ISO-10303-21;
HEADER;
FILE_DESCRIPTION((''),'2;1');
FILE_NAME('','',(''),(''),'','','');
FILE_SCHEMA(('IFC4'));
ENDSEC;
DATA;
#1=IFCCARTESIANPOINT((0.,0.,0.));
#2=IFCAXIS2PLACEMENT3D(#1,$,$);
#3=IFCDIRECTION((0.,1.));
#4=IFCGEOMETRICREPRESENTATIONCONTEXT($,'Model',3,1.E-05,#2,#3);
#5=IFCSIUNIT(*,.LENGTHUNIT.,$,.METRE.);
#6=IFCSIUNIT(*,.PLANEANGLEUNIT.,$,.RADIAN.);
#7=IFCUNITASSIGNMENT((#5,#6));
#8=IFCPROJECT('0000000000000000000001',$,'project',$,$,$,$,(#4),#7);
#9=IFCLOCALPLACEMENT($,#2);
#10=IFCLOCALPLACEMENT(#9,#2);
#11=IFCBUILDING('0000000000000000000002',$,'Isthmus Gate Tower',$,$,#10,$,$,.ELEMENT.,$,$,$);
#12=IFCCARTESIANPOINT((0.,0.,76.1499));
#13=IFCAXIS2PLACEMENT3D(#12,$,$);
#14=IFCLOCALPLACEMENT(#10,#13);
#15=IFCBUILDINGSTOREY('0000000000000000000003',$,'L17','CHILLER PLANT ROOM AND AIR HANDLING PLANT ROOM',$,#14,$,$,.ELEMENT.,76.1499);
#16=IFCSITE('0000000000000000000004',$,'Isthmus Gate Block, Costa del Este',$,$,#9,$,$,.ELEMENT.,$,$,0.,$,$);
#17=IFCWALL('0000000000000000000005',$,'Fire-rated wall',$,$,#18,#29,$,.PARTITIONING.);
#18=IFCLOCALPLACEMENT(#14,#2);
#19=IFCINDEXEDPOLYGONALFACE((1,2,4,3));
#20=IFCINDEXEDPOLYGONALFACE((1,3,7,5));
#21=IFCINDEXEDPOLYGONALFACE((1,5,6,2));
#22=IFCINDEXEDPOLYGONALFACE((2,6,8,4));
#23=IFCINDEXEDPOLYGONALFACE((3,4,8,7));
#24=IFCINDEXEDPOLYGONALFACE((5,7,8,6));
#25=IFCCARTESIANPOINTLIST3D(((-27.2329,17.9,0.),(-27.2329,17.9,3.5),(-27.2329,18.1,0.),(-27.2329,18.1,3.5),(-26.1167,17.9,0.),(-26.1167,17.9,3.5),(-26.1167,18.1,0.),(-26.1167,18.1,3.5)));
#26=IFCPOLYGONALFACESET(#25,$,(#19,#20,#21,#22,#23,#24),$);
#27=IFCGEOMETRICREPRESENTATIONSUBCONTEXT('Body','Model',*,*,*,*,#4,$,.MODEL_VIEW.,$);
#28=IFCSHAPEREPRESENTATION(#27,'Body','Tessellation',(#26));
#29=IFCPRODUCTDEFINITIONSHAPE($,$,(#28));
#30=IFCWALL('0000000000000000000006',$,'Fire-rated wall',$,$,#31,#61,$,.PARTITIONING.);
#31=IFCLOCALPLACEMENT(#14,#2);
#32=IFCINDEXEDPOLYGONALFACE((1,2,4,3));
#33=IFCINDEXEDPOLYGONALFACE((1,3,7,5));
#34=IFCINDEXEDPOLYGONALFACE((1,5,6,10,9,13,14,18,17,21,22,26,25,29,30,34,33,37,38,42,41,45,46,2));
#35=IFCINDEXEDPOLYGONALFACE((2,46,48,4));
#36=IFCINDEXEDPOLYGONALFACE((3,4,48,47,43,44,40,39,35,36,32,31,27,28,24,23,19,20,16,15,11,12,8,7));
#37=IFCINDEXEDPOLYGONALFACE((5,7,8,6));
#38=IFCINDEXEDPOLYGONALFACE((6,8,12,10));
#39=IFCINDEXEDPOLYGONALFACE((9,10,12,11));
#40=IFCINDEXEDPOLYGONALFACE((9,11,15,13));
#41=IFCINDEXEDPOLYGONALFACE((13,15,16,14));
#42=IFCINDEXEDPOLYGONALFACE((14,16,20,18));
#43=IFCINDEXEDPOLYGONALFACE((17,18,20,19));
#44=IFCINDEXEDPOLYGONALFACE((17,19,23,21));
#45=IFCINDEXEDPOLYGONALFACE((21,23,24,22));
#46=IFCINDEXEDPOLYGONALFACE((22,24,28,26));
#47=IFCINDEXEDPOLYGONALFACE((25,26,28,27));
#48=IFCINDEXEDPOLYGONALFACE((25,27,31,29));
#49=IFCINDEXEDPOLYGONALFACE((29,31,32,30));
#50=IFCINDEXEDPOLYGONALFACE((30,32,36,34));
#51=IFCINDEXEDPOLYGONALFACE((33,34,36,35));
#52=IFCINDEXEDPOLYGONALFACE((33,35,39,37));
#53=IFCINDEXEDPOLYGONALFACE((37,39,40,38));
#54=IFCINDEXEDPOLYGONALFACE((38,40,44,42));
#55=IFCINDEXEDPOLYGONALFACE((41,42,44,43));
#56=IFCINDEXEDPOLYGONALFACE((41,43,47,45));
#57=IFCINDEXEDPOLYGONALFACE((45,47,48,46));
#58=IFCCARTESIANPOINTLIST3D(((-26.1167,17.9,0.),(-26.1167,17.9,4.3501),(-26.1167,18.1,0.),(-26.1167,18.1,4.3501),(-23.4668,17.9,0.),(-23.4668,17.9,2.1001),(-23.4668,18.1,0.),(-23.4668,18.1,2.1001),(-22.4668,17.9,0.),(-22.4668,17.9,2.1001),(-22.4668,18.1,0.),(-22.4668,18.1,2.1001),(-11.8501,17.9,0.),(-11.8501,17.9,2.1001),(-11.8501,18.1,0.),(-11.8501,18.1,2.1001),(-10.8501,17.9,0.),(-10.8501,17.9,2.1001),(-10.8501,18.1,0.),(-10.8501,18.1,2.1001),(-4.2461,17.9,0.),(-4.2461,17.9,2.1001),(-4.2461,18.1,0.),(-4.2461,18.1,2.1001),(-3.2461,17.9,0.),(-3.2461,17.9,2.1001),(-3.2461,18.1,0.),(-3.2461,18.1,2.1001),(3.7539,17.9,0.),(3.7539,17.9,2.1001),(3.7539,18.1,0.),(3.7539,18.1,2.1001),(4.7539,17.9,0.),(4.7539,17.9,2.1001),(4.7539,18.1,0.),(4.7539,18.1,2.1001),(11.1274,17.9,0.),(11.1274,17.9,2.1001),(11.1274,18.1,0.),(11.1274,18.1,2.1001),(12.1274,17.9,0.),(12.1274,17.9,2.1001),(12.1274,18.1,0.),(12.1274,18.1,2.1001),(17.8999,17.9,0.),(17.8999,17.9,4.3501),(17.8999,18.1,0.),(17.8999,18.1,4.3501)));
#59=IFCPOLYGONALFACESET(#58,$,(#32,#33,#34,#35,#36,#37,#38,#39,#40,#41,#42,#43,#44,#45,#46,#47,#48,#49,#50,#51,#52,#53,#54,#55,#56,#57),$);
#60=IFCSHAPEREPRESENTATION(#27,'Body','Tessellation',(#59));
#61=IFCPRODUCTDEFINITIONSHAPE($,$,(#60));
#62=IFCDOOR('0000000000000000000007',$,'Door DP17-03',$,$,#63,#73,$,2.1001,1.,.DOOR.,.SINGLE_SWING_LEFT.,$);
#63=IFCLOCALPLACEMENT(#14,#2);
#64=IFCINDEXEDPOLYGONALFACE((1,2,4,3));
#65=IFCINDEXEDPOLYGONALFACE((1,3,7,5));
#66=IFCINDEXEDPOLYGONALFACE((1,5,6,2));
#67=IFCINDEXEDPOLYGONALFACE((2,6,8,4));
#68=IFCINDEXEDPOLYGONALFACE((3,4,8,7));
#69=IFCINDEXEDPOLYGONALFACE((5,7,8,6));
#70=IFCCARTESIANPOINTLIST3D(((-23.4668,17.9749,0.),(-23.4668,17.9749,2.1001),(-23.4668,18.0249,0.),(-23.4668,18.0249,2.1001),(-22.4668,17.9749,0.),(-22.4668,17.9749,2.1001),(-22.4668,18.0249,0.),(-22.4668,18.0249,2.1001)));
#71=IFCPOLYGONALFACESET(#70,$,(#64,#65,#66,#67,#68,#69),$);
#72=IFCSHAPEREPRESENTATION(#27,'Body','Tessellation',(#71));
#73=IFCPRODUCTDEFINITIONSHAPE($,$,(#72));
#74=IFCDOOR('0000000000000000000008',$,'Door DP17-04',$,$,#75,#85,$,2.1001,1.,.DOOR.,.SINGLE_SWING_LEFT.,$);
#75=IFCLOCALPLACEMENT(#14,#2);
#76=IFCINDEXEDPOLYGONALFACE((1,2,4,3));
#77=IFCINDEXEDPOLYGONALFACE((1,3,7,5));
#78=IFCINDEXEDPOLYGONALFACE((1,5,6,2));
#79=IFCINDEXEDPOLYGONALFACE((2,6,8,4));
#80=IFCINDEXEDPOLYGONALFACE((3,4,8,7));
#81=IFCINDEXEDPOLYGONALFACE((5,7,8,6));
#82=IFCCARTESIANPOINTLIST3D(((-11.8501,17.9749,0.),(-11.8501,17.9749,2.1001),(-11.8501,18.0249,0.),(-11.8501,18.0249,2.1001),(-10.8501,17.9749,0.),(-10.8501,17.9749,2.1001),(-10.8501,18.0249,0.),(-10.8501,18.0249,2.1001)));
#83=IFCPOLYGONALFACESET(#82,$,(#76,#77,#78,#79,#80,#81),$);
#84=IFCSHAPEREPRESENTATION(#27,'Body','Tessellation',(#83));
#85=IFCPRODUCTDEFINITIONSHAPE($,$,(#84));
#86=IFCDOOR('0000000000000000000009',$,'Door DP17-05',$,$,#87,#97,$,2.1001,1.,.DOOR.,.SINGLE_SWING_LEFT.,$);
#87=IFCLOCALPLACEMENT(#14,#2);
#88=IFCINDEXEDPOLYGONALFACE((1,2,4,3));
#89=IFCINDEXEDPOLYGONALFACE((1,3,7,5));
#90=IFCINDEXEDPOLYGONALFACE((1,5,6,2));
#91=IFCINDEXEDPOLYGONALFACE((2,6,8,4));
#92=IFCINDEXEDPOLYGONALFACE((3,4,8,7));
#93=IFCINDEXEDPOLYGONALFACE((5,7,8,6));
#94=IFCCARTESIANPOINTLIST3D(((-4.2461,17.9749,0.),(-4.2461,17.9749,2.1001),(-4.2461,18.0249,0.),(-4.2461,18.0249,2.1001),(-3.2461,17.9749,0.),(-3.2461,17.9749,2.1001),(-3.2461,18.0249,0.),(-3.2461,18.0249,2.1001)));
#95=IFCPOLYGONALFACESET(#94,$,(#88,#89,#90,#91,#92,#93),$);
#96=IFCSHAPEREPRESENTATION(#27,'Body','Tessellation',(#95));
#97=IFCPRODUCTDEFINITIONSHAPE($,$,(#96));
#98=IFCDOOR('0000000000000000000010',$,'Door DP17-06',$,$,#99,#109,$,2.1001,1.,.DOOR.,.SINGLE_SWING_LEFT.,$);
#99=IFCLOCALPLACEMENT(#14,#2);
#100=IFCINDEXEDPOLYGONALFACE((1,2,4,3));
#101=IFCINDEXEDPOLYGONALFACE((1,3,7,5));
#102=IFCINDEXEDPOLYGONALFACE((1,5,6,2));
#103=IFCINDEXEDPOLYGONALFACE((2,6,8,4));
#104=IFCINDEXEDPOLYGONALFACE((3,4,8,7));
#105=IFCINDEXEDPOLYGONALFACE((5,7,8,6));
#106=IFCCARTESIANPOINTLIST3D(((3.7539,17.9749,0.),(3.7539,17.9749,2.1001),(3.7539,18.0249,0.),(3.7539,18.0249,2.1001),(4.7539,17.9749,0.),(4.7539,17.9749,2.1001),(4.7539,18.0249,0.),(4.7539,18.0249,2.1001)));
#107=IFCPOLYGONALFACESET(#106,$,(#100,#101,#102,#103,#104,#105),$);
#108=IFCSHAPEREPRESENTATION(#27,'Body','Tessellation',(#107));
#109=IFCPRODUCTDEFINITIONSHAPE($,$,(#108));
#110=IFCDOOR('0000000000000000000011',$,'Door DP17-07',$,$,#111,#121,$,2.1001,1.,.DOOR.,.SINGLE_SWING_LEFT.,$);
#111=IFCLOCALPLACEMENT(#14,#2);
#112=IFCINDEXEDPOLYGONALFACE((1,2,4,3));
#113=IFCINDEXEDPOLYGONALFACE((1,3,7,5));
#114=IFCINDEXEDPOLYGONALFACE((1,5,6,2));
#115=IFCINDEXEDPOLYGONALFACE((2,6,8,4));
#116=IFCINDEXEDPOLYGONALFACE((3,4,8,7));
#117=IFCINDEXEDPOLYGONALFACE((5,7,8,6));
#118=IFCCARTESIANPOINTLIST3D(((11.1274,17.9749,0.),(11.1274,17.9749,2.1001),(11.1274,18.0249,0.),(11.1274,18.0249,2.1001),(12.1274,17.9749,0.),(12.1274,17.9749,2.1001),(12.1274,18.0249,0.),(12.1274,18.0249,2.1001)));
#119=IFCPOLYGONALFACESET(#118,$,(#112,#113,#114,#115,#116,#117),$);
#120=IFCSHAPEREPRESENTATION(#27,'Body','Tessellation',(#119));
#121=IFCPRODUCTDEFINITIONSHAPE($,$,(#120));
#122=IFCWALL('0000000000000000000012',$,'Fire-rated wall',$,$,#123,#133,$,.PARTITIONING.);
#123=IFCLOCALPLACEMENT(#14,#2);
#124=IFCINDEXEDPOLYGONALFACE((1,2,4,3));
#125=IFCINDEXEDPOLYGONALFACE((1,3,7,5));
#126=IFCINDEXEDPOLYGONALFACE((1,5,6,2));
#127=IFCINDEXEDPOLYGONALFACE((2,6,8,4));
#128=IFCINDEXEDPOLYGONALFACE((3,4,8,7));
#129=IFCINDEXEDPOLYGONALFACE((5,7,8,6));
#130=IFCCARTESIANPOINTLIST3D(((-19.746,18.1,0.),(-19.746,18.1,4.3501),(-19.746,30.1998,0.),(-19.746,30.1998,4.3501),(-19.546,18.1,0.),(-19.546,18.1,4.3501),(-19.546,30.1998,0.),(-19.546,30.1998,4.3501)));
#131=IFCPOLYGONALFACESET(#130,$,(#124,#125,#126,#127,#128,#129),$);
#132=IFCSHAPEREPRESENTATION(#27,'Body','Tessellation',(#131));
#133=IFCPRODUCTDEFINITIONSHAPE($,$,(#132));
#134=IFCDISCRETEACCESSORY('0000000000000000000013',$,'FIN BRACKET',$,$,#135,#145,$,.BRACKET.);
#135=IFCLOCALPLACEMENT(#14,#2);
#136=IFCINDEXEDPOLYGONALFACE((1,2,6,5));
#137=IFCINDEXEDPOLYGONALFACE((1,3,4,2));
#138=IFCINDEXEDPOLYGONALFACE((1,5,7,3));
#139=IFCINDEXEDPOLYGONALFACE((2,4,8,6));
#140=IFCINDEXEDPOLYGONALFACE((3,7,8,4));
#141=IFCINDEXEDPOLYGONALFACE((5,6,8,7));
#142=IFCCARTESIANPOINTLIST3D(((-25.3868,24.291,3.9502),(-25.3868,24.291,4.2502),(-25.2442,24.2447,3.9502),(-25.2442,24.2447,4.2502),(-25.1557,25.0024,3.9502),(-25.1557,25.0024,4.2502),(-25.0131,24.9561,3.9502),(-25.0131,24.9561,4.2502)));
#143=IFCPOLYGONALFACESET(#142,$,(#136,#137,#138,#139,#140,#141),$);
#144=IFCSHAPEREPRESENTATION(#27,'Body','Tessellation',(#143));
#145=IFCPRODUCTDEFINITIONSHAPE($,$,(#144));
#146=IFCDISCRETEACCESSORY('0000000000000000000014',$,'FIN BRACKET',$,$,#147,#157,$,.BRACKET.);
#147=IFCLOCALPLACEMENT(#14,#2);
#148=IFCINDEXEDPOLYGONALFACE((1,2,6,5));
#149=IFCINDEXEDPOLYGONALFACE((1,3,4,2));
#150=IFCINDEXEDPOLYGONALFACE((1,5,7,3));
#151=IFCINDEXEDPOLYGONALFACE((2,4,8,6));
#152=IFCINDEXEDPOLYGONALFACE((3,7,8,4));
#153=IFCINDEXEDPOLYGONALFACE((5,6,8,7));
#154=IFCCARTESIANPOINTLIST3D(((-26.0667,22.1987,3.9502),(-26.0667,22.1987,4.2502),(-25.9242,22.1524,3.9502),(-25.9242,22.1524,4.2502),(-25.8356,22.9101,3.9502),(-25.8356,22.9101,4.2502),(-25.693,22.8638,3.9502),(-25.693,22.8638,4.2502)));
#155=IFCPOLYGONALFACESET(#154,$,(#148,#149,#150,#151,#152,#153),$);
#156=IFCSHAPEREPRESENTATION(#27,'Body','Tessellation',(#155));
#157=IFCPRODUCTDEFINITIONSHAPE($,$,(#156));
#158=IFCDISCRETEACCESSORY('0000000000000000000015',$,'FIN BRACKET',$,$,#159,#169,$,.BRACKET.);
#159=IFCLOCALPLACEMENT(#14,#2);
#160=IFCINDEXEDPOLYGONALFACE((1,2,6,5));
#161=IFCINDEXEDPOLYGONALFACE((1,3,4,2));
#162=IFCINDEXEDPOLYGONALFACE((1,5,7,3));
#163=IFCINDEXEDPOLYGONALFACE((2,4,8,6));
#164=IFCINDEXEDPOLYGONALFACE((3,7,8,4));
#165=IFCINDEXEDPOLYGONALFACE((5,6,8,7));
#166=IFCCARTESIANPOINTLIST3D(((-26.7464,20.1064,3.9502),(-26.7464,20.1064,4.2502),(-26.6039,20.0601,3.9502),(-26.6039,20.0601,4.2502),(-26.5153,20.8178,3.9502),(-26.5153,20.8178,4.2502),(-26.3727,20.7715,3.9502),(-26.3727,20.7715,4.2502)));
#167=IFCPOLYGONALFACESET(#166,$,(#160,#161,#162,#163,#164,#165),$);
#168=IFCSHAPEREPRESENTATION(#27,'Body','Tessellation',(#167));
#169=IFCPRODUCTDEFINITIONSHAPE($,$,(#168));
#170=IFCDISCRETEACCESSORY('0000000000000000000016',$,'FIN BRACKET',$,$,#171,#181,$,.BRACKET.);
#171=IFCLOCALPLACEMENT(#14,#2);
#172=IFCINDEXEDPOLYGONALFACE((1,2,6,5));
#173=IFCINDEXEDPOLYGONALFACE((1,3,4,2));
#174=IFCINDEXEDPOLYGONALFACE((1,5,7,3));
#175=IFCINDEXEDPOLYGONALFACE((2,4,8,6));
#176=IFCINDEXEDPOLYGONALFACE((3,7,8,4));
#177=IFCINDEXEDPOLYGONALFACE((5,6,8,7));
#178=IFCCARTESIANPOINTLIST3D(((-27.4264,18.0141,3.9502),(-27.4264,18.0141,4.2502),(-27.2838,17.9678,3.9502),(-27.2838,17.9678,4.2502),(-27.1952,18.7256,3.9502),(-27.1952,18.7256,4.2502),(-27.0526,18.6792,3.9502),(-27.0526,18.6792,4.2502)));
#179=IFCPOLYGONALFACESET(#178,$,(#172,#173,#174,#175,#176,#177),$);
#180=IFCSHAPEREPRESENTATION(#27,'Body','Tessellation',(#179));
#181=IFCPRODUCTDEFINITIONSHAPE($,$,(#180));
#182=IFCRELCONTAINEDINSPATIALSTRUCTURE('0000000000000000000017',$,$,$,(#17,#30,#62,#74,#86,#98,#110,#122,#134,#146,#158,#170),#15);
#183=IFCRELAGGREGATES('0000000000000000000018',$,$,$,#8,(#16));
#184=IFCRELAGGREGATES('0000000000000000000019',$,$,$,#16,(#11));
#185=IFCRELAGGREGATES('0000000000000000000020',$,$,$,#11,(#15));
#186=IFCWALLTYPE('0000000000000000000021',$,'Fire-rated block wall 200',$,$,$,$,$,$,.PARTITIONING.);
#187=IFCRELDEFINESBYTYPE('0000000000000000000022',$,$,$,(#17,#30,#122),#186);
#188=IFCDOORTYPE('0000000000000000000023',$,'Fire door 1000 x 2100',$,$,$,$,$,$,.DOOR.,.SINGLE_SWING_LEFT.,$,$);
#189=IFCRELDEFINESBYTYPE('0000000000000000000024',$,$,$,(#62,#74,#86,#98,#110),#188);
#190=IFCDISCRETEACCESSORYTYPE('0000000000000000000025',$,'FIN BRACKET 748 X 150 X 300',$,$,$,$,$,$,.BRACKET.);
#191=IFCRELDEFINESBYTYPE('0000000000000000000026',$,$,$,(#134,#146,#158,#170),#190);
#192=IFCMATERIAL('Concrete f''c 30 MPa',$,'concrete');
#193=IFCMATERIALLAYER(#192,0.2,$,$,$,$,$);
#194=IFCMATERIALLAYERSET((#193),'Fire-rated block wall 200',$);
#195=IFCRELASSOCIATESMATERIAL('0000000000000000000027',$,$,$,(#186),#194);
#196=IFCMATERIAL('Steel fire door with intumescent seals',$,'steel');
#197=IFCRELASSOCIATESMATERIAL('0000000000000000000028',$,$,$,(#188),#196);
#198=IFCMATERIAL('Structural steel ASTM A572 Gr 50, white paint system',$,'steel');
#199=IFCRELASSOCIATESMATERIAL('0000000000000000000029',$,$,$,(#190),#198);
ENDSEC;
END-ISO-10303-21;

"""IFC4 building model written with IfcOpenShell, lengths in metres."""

from ifc_helpers import new_model, si_unit, direction, frame, frame_2d, origin, origin_2d, place, context, subcontext, project, spatial, rectangle, extrude, material, layer, layer_set, type_object, element, fill, save


model = new_model("IFC4")

# Units and contexts
model_context = context("Model", 3, precision=1e-05, world=origin(), true_north=direction((0.0, 1.0)))
body_context = subcontext(model_context, "Body", "Model", "MODEL_VIEW")
ifc_project = project(units=[si_unit("LENGTHUNIT", "METRE"), si_unit("PLANEANGLEUNIT", "RADIAN")], contexts=[model_context])

# Site, building, storey
site_placement = place(None, origin())
site = spatial("IfcSite", under=ifc_project, at=site_placement, Name="Isthmus Gate Block, Costa del Este", CompositionType="ELEMENT", RefElevation=0.0)
building_placement = place(site_placement, origin())
building = spatial("IfcBuilding", under=site, at=building_placement, Name="Isthmus Gate Tower", CompositionType="ELEMENT")
storey_placement = place(building_placement, frame((0.0, 0.0, 76.1499)))
storey = spatial("IfcBuildingStorey", under=building, at=storey_placement, Name="L17", Description="CHILLER PLANT ROOM AND AIR HANDLING PLANT ROOM", CompositionType="ELEMENT", Elevation=76.1499)

# Wall
ifc_material_1 = material(Name="Concrete f'c 30 MPa", Category="concrete")
ifc_layer_1 = layer(ifc_material_1, 0.2)
ifc_layer_set_1 = layer_set([ifc_layer_1], Name="Fire-rated block wall 200")
wall_type = type_object("IfcWallType", Name="Fire-rated block wall 200", PredefinedType="PARTITIONING", material=ifc_layer_set_1)
wall_1_placement = place(storey_placement, frame((-27.2329, 18.0, 0.0), z_axis=(0.0, 0.0, 1.0), x_axis=(1.0, 0.0, 0.0)))
element("IfcWall", 1, at=wall_1_placement, inside=storey, type_object=wall_type, Name="Fire-rated wall", PredefinedType="PARTITIONING", context=body_context, shape_type="SweptSolid", body=[
    extrude(rectangle(XDim=1.1162, YDim=0.2, at=frame_2d((0.5581, 0.0))), origin(), (0.0, 0.0, 1.0), 3.5),
])

# Wall, openings, doors
wall_2_placement = place(storey_placement, frame((-26.1167, 18.0, 0.0), z_axis=(0.0, 0.0, 1.0), x_axis=(1.0, 0.0, 0.0)))
wall_2 = element("IfcWall", 2, at=wall_2_placement, inside=storey, type_object=wall_type, Name="Fire-rated wall", PredefinedType="PARTITIONING", context=body_context, shape_type="SweptSolid", body=[
    extrude(rectangle(XDim=44.0166, YDim=0.2, at=frame_2d((22.0083, 0.0))), origin(), (0.0, 0.0, 1.0), 4.3501),
])
opening_1_placement = place(wall_2_placement, frame((2.6499, 0.0, 0.0)))
opening_1 = element("IfcOpeningElement", 3, at=opening_1_placement, cuts=wall_2, PredefinedType="OPENING", context=body_context, shape_type="SweptSolid", body=[
    extrude(rectangle(XDim=1.0, YDim=2.1001, at=frame_2d((0.5, 1.05))), frame((0.0, 0.1099, 0.0), z_axis=(0.0, -1.0, 0.0), x_axis=(1.0, 0.0, 0.0)), (0.0, 0.0, 1.0), 0.22),
])
opening_2_placement = place(wall_2_placement, frame((14.2666, 0.0, 0.0)))
opening_2 = element("IfcOpeningElement", 4, at=opening_2_placement, cuts=wall_2, PredefinedType="OPENING", context=body_context, shape_type="SweptSolid", body=[
    extrude(rectangle(XDim=1.0, YDim=2.1001, at=frame_2d((0.5, 1.05))), frame((0.0, 0.1099, 0.0), z_axis=(0.0, -1.0, 0.0), x_axis=(1.0, 0.0, 0.0)), (0.0, 0.0, 1.0), 0.22),
])
opening_3_placement = place(wall_2_placement, frame((21.8706, 0.0, 0.0)))
opening_3 = element("IfcOpeningElement", 5, at=opening_3_placement, cuts=wall_2, PredefinedType="OPENING", context=body_context, shape_type="SweptSolid", body=[
    extrude(rectangle(XDim=1.0, YDim=2.1001, at=frame_2d((0.5, 1.05))), frame((0.0, 0.1099, 0.0), z_axis=(0.0, -1.0, 0.0), x_axis=(1.0, 0.0, 0.0)), (0.0, 0.0, 1.0), 0.22),
])
opening_4_placement = place(wall_2_placement, frame((29.8706, 0.0, 0.0)))
opening_4 = element("IfcOpeningElement", 6, at=opening_4_placement, cuts=wall_2, PredefinedType="OPENING", context=body_context, shape_type="SweptSolid", body=[
    extrude(rectangle(XDim=1.0, YDim=2.1001, at=frame_2d((0.5, 1.05))), frame((0.0, 0.1099, 0.0), z_axis=(0.0, -1.0, 0.0), x_axis=(1.0, 0.0, 0.0)), (0.0, 0.0, 1.0), 0.22),
])
opening_5_placement = place(wall_2_placement, frame((37.2441, 0.0, 0.0)))
opening_5 = element("IfcOpeningElement", 7, at=opening_5_placement, cuts=wall_2, PredefinedType="OPENING", context=body_context, shape_type="SweptSolid", body=[
    extrude(rectangle(XDim=1.0, YDim=2.1001, at=frame_2d((0.5, 1.05))), frame((0.0, 0.1099, 0.0), z_axis=(0.0, -1.0, 0.0), x_axis=(1.0, 0.0, 0.0)), (0.0, 0.0, 1.0), 0.22),
])
ifc_material_2 = material(Name="Steel fire door with intumescent seals", Category="steel")
door_type = type_object("IfcDoorType", Name="Fire door 1000 x 2100", OperationType="SINGLE_SWING_LEFT", PredefinedType="DOOR", material=ifc_material_2)
door_1_placement = place(opening_1_placement, origin())
door_1 = element("IfcDoor", 8, at=door_1_placement, inside=storey, type_object=door_type, Name="Door DP17-03", OperationType="SINGLE_SWING_LEFT", OverallHeight=2.1001, OverallWidth=1.0, PredefinedType="DOOR", context=body_context, shape_type="SweptSolid", body=[
    extrude(rectangle(XDim=1.0, YDim=2.1001, at=frame_2d((0.5, 1.05))), frame((0.0, 0.0249, 0.0), z_axis=(0.0, -1.0, 0.0), x_axis=(1.0, 0.0, 0.0)), (0.0, 0.0, 1.0), 0.05),
])
fill(opening_1, door_1)
door_2_placement = place(opening_2_placement, origin())
door_2 = element("IfcDoor", 9, at=door_2_placement, inside=storey, type_object=door_type, Name="Door DP17-04", OperationType="SINGLE_SWING_LEFT", OverallHeight=2.1001, OverallWidth=1.0, PredefinedType="DOOR", context=body_context, shape_type="SweptSolid", body=[
    extrude(rectangle(XDim=1.0, YDim=2.1001, at=frame_2d((0.5, 1.05))), frame((0.0, 0.0249, 0.0), z_axis=(0.0, -1.0, 0.0), x_axis=(1.0, 0.0, 0.0)), (0.0, 0.0, 1.0), 0.05),
])
fill(opening_2, door_2)
door_3_placement = place(opening_3_placement, origin())
door_3 = element("IfcDoor", 10, at=door_3_placement, inside=storey, type_object=door_type, Name="Door DP17-05", OperationType="SINGLE_SWING_LEFT", OverallHeight=2.1001, OverallWidth=1.0, PredefinedType="DOOR", context=body_context, shape_type="SweptSolid", body=[
    extrude(rectangle(XDim=1.0, YDim=2.1001, at=frame_2d((0.5, 1.05))), frame((0.0, 0.0249, 0.0), z_axis=(0.0, -1.0, 0.0), x_axis=(1.0, 0.0, 0.0)), (0.0, 0.0, 1.0), 0.05),
])
fill(opening_3, door_3)
door_4_placement = place(opening_4_placement, origin())
door_4 = element("IfcDoor", 11, at=door_4_placement, inside=storey, type_object=door_type, Name="Door DP17-06", OperationType="SINGLE_SWING_LEFT", OverallHeight=2.1001, OverallWidth=1.0, PredefinedType="DOOR", context=body_context, shape_type="SweptSolid", body=[
    extrude(rectangle(XDim=1.0, YDim=2.1001, at=frame_2d((0.5, 1.05))), frame((0.0, 0.0249, 0.0), z_axis=(0.0, -1.0, 0.0), x_axis=(1.0, 0.0, 0.0)), (0.0, 0.0, 1.0), 0.05),
])
fill(opening_4, door_4)
door_5_placement = place(opening_5_placement, origin())
door_5 = element("IfcDoor", 12, at=door_5_placement, inside=storey, type_object=door_type, Name="Door DP17-07", OperationType="SINGLE_SWING_LEFT", OverallHeight=2.1001, OverallWidth=1.0, PredefinedType="DOOR", context=body_context, shape_type="SweptSolid", body=[
    extrude(rectangle(XDim=1.0, YDim=2.1001, at=frame_2d((0.5, 1.05))), frame((0.0, 0.0249, 0.0), z_axis=(0.0, -1.0, 0.0), x_axis=(1.0, 0.0, 0.0)), (0.0, 0.0, 1.0), 0.05),
])
fill(opening_5, door_5)

# Wall
wall_3_placement = place(storey_placement, frame((-19.646, 18.1001, 0.0), z_axis=(0.0, 0.0, 1.0), x_axis=(0.0, 1.0, 0.0)))
element("IfcWall", 13, at=wall_3_placement, inside=storey, type_object=wall_type, Name="Fire-rated wall", PredefinedType="PARTITIONING", context=body_context, shape_type="SweptSolid", body=[
    extrude(rectangle(XDim=12.0999, YDim=0.2, at=frame_2d((6.0498, 0.0))), origin(), (0.0, 0.0, 1.0), 4.3501),
])

# Discrete accessories
ifc_material_3 = material(Name="Structural steel ASTM A572 Gr 50, white paint system", Category="steel")
discrete_accessory_type = type_object("IfcDiscreteAccessoryType", Name="FIN BRACKET 748 X 150 X 300", PredefinedType="BRACKET", material=ifc_material_3)
for number, where, z_axis, x_axis, name in (
    (14, (-25.2, 24.6235, 3.9502), (0.0, 0.0, 1.0), (-0.951057, 0.309017, 0.0), "FIN BRACKET"),
    (15, (-25.8799, 22.5312, 3.9502), (0.0, 0.0, 1.0), (-0.951057, 0.309017, 0.0), "FIN BRACKET"),
    (16, (-26.5596, 20.439, 3.9502), (0.0, 0.0, 1.0), (-0.951057, 0.309017, 0.0), "FIN BRACKET"),
    (17, (-27.2395, 18.3467, 3.9502), (0.0, 0.0, 1.0), (-0.951057, 0.309017, 0.0), "FIN BRACKET"),
):
    element("IfcDiscreteAccessory", number, at=place(storey_placement, frame(where, z_axis=z_axis, x_axis=x_axis)), inside=storey, type_object=discrete_accessory_type, Name=name, PredefinedType="BRACKET", context=body_context, shape_type="SweptSolid", body=[
        extrude(rectangle(XDim=0.1499, YDim=0.748, at=origin_2d()), origin(), (0.0, 0.0, 1.0), 0.3),
    ])

save(model, "model.ifc")
